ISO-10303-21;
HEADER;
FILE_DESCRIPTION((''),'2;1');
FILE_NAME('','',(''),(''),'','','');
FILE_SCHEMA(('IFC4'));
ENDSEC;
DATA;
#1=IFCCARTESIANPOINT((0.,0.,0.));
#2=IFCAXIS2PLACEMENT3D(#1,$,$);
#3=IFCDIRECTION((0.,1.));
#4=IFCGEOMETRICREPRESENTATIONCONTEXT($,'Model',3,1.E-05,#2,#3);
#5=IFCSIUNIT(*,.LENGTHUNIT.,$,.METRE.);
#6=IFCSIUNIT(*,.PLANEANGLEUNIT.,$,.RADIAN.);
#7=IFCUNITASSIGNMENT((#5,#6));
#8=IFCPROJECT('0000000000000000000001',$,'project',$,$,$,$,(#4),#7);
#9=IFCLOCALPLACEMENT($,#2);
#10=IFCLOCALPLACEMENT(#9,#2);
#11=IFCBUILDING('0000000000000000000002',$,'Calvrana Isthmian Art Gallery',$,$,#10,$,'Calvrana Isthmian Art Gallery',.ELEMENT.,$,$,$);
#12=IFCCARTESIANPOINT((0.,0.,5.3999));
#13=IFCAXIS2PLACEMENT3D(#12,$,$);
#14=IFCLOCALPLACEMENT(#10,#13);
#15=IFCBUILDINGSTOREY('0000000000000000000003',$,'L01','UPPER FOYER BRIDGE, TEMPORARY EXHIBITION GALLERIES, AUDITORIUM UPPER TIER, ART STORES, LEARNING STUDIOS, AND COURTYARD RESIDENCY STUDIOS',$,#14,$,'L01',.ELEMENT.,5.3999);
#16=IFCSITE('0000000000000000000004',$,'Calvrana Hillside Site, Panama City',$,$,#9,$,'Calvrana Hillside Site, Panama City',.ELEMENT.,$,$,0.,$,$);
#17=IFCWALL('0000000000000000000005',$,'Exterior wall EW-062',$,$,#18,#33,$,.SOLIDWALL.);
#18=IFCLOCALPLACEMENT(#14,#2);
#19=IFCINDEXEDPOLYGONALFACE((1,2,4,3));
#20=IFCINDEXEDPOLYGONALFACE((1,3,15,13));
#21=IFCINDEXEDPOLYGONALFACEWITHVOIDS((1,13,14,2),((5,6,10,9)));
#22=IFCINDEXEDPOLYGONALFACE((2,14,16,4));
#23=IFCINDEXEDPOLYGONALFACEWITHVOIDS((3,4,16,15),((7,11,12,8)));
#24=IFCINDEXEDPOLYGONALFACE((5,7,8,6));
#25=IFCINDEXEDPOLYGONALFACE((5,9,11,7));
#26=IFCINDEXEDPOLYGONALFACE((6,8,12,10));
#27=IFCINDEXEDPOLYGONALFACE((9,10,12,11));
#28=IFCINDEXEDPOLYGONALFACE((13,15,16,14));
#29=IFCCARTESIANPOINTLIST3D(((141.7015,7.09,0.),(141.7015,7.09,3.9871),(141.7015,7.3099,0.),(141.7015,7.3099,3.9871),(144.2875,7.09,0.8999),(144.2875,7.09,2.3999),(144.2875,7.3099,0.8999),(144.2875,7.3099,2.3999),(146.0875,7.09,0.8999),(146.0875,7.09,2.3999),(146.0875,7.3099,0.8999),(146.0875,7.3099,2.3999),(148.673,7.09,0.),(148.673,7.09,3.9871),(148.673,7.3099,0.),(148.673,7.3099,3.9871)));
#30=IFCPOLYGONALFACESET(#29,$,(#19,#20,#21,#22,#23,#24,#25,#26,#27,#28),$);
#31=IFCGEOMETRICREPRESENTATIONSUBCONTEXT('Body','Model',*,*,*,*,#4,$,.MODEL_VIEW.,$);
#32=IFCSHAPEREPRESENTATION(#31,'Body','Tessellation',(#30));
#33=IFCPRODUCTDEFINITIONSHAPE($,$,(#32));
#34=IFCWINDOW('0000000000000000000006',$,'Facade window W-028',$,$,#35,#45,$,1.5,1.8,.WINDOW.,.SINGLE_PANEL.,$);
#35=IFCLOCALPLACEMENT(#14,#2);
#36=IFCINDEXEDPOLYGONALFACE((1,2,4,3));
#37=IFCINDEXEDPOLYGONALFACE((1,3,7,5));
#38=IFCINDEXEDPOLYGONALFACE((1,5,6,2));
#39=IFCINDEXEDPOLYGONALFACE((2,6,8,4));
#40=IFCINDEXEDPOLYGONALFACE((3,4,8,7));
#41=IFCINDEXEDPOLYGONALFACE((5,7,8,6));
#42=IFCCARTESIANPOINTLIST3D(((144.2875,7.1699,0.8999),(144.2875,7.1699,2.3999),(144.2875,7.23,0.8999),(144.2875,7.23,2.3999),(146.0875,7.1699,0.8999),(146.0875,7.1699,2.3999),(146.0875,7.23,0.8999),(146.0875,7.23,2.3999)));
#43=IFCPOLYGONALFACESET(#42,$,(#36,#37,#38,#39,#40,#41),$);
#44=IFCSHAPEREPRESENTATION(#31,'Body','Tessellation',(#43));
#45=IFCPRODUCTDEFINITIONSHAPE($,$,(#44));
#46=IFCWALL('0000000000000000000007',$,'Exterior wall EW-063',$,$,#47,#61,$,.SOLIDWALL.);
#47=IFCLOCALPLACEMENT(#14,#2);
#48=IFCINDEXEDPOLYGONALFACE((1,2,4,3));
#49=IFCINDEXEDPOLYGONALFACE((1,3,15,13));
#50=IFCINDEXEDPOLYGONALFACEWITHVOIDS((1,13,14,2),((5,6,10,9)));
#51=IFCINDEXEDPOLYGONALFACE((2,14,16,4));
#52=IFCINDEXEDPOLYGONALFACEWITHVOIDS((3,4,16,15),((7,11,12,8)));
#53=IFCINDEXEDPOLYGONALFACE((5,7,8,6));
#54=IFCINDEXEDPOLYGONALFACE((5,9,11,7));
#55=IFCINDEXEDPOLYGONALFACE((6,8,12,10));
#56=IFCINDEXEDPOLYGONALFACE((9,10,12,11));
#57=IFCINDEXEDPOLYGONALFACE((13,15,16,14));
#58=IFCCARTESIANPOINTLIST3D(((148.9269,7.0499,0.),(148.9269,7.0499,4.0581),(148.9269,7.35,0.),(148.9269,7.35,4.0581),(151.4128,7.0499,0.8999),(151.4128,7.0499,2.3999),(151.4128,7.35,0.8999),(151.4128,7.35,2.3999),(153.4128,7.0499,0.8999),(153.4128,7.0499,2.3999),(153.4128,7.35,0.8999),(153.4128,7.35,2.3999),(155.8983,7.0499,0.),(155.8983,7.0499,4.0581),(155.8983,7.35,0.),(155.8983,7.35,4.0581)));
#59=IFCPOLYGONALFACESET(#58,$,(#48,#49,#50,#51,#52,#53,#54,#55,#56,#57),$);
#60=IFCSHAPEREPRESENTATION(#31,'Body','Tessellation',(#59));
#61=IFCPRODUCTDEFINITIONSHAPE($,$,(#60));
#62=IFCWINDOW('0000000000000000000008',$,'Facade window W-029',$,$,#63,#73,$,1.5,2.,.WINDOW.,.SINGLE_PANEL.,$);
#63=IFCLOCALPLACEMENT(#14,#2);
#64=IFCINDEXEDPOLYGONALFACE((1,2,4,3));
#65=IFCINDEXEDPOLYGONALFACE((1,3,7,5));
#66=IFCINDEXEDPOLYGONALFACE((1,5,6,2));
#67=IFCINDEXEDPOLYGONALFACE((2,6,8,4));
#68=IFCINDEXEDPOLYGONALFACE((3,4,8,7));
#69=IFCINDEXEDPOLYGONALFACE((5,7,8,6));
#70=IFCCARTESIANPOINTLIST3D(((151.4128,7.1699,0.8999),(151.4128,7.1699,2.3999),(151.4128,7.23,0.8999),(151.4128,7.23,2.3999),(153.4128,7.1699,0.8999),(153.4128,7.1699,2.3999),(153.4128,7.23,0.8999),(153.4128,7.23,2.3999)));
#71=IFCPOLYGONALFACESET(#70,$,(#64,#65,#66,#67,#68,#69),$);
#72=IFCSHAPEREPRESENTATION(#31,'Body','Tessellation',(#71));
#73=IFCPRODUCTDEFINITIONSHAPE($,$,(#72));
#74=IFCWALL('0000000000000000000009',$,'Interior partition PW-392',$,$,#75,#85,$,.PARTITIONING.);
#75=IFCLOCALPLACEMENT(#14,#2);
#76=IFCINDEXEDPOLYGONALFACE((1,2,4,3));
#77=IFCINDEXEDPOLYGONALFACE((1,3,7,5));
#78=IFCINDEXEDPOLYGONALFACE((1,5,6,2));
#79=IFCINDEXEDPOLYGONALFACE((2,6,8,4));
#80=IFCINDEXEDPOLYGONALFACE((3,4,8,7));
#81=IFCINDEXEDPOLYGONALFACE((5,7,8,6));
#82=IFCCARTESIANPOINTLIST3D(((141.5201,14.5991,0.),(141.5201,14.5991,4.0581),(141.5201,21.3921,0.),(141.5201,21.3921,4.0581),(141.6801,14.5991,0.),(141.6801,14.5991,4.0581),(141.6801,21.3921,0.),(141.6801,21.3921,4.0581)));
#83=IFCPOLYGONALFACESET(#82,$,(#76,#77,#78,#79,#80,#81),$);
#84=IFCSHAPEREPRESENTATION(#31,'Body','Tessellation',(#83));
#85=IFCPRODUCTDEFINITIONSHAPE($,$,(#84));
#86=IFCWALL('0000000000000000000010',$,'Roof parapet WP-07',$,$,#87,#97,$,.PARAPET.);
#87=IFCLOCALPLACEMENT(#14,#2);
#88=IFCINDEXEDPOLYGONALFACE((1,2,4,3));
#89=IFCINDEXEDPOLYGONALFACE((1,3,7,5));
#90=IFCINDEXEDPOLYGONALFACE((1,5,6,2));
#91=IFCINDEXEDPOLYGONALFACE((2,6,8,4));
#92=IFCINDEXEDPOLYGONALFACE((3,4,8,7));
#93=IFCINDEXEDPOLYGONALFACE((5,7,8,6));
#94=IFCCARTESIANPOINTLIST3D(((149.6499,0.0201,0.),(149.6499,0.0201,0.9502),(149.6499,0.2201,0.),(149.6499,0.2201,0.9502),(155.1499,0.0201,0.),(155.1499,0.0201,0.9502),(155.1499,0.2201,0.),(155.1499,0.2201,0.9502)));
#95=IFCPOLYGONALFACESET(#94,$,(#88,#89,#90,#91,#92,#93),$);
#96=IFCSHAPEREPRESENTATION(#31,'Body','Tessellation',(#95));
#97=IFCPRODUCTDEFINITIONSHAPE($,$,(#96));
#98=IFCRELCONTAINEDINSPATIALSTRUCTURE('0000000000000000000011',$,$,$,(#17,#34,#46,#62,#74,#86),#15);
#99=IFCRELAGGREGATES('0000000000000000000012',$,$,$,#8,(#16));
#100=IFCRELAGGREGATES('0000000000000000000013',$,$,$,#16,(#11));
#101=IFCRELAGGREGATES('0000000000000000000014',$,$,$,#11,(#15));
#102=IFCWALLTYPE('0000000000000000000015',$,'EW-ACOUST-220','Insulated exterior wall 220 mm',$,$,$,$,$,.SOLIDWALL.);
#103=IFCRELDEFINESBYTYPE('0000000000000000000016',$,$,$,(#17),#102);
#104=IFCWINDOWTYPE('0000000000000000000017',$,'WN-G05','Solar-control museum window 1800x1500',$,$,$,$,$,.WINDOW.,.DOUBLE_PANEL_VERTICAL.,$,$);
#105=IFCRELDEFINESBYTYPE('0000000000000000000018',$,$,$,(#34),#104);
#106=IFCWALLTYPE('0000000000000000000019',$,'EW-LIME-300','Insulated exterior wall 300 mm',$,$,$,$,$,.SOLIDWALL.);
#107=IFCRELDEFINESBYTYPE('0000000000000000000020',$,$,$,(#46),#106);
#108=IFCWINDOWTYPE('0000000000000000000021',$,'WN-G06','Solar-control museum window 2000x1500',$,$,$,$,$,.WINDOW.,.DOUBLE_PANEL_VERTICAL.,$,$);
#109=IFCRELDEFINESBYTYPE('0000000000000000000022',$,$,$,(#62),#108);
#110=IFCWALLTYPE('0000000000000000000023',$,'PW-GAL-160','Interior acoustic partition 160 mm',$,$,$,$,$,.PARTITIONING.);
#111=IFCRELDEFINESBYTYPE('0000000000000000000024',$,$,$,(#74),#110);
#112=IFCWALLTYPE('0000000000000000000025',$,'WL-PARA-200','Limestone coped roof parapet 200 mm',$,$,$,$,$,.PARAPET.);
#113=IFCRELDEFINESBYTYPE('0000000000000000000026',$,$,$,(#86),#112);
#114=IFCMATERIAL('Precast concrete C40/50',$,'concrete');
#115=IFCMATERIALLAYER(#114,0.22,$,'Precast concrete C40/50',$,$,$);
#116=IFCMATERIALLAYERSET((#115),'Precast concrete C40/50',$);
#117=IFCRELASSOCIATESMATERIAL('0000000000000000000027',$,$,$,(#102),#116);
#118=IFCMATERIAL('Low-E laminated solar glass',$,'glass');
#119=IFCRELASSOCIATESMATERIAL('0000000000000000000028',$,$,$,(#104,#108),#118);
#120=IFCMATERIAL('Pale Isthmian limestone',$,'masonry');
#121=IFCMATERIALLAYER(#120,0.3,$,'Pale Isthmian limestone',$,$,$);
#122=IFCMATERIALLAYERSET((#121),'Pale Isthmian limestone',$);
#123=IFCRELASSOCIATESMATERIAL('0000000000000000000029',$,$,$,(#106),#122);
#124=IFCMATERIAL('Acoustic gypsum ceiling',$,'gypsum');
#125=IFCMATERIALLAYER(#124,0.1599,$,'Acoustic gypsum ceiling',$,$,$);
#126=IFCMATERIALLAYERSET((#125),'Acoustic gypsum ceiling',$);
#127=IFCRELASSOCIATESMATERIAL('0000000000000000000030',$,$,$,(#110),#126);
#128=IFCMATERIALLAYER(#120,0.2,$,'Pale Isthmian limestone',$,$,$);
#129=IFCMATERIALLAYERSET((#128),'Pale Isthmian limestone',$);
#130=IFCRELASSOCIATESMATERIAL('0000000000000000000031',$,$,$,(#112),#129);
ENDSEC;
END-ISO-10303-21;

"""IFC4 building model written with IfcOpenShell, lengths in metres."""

from ifc_helpers import new_model, si_unit, direction, frame, frame_2d, origin, place, context, subcontext, project, spatial, rectangle, extrude, material, layer, layer_set, type_object, element, fill, save


model = new_model("IFC4")

# Units and contexts
model_context = context("Model", 3, precision=1e-05, world=origin(), true_north=direction((0.0, 1.0)))
body_context = subcontext(model_context, "Body", "Model", "MODEL_VIEW")
ifc_project = project(units=[si_unit("LENGTHUNIT", "METRE"), si_unit("PLANEANGLEUNIT", "RADIAN")], contexts=[model_context])

# Site, building, storey
site_placement = place(None, origin())
site = spatial("IfcSite", under=ifc_project, at=site_placement, Name="Calvrana Hillside Site, Panama City", LongName="Calvrana Hillside Site, Panama City", CompositionType="ELEMENT", RefElevation=0.0)
building_placement = place(site_placement, origin())
building = spatial("IfcBuilding", under=site, at=building_placement, Name="Calvrana Isthmian Art Gallery", LongName="Calvrana Isthmian Art Gallery", CompositionType="ELEMENT")
storey_placement = place(building_placement, frame((0.0, 0.0, 5.3999)))
storey = spatial("IfcBuildingStorey", under=building, at=storey_placement, Name="L01", Description="UPPER FOYER BRIDGE, TEMPORARY EXHIBITION GALLERIES, AUDITORIUM UPPER TIER, ART STORES, LEARNING STUDIOS, AND COURTYARD RESIDENCY STUDIOS", LongName="L01", CompositionType="ELEMENT", Elevation=5.3999)

# Walls, openings, windows
ifc_material_1 = material(Name="Precast concrete C40/50", Category="concrete")
ifc_layer_1 = layer(ifc_material_1, 0.22, Name="Precast concrete C40/50")
ifc_layer_set_1 = layer_set([ifc_layer_1], Name="Precast concrete C40/50")
wall_type_1 = type_object("IfcWallType", Name="EW-ACOUST-220", Description="Insulated exterior wall 220 mm", PredefinedType="SOLIDWALL", material=ifc_layer_set_1)
wall_1_placement = place(storey_placement, frame((148.6731, 7.2, 0.0), z_axis=(0.0, 0.0, 1.0), x_axis=(-1.0, 0.0, 0.0)))
wall_1 = element("IfcWall", 1, at=wall_1_placement, inside=storey, type_object=wall_type_1, Name="Exterior wall EW-062", PredefinedType="SOLIDWALL", context=body_context, shape_type="SweptSolid", body=[
    extrude(rectangle(XDim=6.9714, YDim=0.22, at=frame_2d((3.4858, 0.0))), origin(), (0.0, 0.0, 1.0), 3.9871),
])
opening_1_placement = place(wall_1_placement, frame((2.5857, 0.0, 0.8999)))
opening_1 = element("IfcOpeningElement", 2, at=opening_1_placement, cuts=wall_1, PredefinedType="OPENING", context=body_context, shape_type="SweptSolid", body=[
    extrude(rectangle(XDim=1.8, YDim=1.5, at=frame_2d((0.8999, 0.75))), frame((0.0, 0.1201, 0.0), z_axis=(0.0, -1.0, 0.0), x_axis=(1.0, 0.0, 0.0)), (0.0, 0.0, 1.0), 0.2405),
])
ifc_material_2 = material(Name="Low-E laminated solar glass", Category="glass")
window_type_1 = type_object("IfcWindowType", Name="WN-G05", Description="Solar-control museum window 1800x1500", PartitioningType="DOUBLE_PANEL_VERTICAL", PredefinedType="WINDOW", material=ifc_material_2)
window_1_placement = place(opening_1_placement, origin())
window_1 = element("IfcWindow", 3, at=window_1_placement, inside=storey, type_object=window_type_1, Name="Facade window W-028", OverallHeight=1.5, OverallWidth=1.8, PartitioningType="SINGLE_PANEL", PredefinedType="WINDOW", context=body_context, shape_type="SweptSolid", body=[
    extrude(rectangle(XDim=1.8, YDim=1.5, at=frame_2d((0.8999, 0.75))), frame((0.0, 0.03, 0.0), z_axis=(0.0, -1.0, 0.0), x_axis=(1.0, 0.0, 0.0)), (0.0, 0.0, 1.0), 0.0601),
])
fill(opening_1, window_1)
ifc_material_3 = material(Name="Pale Isthmian limestone", Category="masonry")
ifc_layer_2 = layer(ifc_material_3, 0.3, Name="Pale Isthmian limestone")
ifc_layer_set_2 = layer_set([ifc_layer_2], Name="Pale Isthmian limestone")
wall_type_2 = type_object("IfcWallType", Name="EW-LIME-300", Description="Insulated exterior wall 300 mm", PredefinedType="SOLIDWALL", material=ifc_layer_set_2)
wall_2_placement = place(storey_placement, frame((155.8984, 7.2, 0.0), z_axis=(0.0, 0.0, 1.0), x_axis=(-1.0, 0.0, 0.0)))
wall_2 = element("IfcWall", 4, at=wall_2_placement, inside=storey, type_object=wall_type_2, Name="Exterior wall EW-063", PredefinedType="SOLIDWALL", context=body_context, shape_type="SweptSolid", body=[
    extrude(rectangle(XDim=6.9714, YDim=0.3, at=frame_2d((3.4858, 0.0))), origin(), (0.0, 0.0, 1.0), 4.0581),
])
opening_2_placement = place(wall_2_placement, frame((2.4856, 0.0, 0.8999)))
opening_2 = element("IfcOpeningElement", 5, at=opening_2_placement, cuts=wall_2, PredefinedType="OPENING", context=body_context, shape_type="SweptSolid", body=[
    extrude(rectangle(XDim=2.0, YDim=1.5, at=frame_2d((1.0, 0.75))), frame((0.0, 0.1602, 0.0), z_axis=(0.0, -1.0, 0.0), x_axis=(1.0, 0.0, 0.0)), (0.0, 0.0, 1.0), 0.3206),
])
window_type_2 = type_object("IfcWindowType", Name="WN-G06", Description="Solar-control museum window 2000x1500", PartitioningType="DOUBLE_PANEL_VERTICAL", PredefinedType="WINDOW", material=ifc_material_2)
window_2_placement = place(opening_2_placement, origin())
window_2 = element("IfcWindow", 6, at=window_2_placement, inside=storey, type_object=window_type_2, Name="Facade window W-029", OverallHeight=1.5, OverallWidth=2.0, PartitioningType="SINGLE_PANEL", PredefinedType="WINDOW", context=body_context, shape_type="SweptSolid", body=[
    extrude(rectangle(XDim=2.0, YDim=1.5, at=frame_2d((1.0, 0.75))), frame((0.0, 0.03, 0.0), z_axis=(0.0, -1.0, 0.0), x_axis=(1.0, 0.0, 0.0)), (0.0, 0.0, 1.0), 0.0601),
])
fill(opening_2, window_2)

# Walls
ifc_material_4 = material(Name="Acoustic gypsum ceiling", Category="gypsum")
ifc_layer_3 = layer(ifc_material_4, 0.1599, Name="Acoustic gypsum ceiling")
ifc_layer_set_3 = layer_set([ifc_layer_3], Name="Acoustic gypsum ceiling")
wall_type_3 = type_object("IfcWallType", Name="PW-GAL-160", Description="Interior acoustic partition 160 mm", PredefinedType="PARTITIONING", material=ifc_layer_set_3)
wall_3_placement = place(storey_placement, frame((141.6001, 14.5991, 0.0), z_axis=(0.0, 0.0, 1.0), x_axis=(0.0, 1.0, 0.0)))
element("IfcWall", 7, at=wall_3_placement, inside=storey, type_object=wall_type_3, Name="Interior partition PW-392", PredefinedType="PARTITIONING", context=body_context, shape_type="SweptSolid", body=[
    extrude(rectangle(XDim=6.793, YDim=0.1599, at=frame_2d((3.3965, 0.0))), origin(), (0.0, 0.0, 1.0), 4.0581),
])
ifc_layer_4 = layer(ifc_material_3, 0.2, Name="Pale Isthmian limestone")
ifc_layer_set_4 = layer_set([ifc_layer_4], Name="Pale Isthmian limestone")
wall_type_4 = type_object("IfcWallType", Name="WL-PARA-200", Description="Limestone coped roof parapet 200 mm", PredefinedType="PARAPET", material=ifc_layer_set_4)
wall_4_placement = place(storey_placement, frame((149.6499, 0.1201, 0.0), z_axis=(0.0, 0.0, 1.0), x_axis=(1.0, 0.0, 0.0)))
element("IfcWall", 8, at=wall_4_placement, inside=storey, type_object=wall_type_4, Name="Roof parapet WP-07", PredefinedType="PARAPET", context=body_context, shape_type="SweptSolid", body=[
    extrude(rectangle(XDim=5.5, YDim=0.2, at=frame_2d((2.75, 0.0))), origin(), (0.0, 0.0, 1.0), 0.9502),
])

save(model, "model.ifc")
